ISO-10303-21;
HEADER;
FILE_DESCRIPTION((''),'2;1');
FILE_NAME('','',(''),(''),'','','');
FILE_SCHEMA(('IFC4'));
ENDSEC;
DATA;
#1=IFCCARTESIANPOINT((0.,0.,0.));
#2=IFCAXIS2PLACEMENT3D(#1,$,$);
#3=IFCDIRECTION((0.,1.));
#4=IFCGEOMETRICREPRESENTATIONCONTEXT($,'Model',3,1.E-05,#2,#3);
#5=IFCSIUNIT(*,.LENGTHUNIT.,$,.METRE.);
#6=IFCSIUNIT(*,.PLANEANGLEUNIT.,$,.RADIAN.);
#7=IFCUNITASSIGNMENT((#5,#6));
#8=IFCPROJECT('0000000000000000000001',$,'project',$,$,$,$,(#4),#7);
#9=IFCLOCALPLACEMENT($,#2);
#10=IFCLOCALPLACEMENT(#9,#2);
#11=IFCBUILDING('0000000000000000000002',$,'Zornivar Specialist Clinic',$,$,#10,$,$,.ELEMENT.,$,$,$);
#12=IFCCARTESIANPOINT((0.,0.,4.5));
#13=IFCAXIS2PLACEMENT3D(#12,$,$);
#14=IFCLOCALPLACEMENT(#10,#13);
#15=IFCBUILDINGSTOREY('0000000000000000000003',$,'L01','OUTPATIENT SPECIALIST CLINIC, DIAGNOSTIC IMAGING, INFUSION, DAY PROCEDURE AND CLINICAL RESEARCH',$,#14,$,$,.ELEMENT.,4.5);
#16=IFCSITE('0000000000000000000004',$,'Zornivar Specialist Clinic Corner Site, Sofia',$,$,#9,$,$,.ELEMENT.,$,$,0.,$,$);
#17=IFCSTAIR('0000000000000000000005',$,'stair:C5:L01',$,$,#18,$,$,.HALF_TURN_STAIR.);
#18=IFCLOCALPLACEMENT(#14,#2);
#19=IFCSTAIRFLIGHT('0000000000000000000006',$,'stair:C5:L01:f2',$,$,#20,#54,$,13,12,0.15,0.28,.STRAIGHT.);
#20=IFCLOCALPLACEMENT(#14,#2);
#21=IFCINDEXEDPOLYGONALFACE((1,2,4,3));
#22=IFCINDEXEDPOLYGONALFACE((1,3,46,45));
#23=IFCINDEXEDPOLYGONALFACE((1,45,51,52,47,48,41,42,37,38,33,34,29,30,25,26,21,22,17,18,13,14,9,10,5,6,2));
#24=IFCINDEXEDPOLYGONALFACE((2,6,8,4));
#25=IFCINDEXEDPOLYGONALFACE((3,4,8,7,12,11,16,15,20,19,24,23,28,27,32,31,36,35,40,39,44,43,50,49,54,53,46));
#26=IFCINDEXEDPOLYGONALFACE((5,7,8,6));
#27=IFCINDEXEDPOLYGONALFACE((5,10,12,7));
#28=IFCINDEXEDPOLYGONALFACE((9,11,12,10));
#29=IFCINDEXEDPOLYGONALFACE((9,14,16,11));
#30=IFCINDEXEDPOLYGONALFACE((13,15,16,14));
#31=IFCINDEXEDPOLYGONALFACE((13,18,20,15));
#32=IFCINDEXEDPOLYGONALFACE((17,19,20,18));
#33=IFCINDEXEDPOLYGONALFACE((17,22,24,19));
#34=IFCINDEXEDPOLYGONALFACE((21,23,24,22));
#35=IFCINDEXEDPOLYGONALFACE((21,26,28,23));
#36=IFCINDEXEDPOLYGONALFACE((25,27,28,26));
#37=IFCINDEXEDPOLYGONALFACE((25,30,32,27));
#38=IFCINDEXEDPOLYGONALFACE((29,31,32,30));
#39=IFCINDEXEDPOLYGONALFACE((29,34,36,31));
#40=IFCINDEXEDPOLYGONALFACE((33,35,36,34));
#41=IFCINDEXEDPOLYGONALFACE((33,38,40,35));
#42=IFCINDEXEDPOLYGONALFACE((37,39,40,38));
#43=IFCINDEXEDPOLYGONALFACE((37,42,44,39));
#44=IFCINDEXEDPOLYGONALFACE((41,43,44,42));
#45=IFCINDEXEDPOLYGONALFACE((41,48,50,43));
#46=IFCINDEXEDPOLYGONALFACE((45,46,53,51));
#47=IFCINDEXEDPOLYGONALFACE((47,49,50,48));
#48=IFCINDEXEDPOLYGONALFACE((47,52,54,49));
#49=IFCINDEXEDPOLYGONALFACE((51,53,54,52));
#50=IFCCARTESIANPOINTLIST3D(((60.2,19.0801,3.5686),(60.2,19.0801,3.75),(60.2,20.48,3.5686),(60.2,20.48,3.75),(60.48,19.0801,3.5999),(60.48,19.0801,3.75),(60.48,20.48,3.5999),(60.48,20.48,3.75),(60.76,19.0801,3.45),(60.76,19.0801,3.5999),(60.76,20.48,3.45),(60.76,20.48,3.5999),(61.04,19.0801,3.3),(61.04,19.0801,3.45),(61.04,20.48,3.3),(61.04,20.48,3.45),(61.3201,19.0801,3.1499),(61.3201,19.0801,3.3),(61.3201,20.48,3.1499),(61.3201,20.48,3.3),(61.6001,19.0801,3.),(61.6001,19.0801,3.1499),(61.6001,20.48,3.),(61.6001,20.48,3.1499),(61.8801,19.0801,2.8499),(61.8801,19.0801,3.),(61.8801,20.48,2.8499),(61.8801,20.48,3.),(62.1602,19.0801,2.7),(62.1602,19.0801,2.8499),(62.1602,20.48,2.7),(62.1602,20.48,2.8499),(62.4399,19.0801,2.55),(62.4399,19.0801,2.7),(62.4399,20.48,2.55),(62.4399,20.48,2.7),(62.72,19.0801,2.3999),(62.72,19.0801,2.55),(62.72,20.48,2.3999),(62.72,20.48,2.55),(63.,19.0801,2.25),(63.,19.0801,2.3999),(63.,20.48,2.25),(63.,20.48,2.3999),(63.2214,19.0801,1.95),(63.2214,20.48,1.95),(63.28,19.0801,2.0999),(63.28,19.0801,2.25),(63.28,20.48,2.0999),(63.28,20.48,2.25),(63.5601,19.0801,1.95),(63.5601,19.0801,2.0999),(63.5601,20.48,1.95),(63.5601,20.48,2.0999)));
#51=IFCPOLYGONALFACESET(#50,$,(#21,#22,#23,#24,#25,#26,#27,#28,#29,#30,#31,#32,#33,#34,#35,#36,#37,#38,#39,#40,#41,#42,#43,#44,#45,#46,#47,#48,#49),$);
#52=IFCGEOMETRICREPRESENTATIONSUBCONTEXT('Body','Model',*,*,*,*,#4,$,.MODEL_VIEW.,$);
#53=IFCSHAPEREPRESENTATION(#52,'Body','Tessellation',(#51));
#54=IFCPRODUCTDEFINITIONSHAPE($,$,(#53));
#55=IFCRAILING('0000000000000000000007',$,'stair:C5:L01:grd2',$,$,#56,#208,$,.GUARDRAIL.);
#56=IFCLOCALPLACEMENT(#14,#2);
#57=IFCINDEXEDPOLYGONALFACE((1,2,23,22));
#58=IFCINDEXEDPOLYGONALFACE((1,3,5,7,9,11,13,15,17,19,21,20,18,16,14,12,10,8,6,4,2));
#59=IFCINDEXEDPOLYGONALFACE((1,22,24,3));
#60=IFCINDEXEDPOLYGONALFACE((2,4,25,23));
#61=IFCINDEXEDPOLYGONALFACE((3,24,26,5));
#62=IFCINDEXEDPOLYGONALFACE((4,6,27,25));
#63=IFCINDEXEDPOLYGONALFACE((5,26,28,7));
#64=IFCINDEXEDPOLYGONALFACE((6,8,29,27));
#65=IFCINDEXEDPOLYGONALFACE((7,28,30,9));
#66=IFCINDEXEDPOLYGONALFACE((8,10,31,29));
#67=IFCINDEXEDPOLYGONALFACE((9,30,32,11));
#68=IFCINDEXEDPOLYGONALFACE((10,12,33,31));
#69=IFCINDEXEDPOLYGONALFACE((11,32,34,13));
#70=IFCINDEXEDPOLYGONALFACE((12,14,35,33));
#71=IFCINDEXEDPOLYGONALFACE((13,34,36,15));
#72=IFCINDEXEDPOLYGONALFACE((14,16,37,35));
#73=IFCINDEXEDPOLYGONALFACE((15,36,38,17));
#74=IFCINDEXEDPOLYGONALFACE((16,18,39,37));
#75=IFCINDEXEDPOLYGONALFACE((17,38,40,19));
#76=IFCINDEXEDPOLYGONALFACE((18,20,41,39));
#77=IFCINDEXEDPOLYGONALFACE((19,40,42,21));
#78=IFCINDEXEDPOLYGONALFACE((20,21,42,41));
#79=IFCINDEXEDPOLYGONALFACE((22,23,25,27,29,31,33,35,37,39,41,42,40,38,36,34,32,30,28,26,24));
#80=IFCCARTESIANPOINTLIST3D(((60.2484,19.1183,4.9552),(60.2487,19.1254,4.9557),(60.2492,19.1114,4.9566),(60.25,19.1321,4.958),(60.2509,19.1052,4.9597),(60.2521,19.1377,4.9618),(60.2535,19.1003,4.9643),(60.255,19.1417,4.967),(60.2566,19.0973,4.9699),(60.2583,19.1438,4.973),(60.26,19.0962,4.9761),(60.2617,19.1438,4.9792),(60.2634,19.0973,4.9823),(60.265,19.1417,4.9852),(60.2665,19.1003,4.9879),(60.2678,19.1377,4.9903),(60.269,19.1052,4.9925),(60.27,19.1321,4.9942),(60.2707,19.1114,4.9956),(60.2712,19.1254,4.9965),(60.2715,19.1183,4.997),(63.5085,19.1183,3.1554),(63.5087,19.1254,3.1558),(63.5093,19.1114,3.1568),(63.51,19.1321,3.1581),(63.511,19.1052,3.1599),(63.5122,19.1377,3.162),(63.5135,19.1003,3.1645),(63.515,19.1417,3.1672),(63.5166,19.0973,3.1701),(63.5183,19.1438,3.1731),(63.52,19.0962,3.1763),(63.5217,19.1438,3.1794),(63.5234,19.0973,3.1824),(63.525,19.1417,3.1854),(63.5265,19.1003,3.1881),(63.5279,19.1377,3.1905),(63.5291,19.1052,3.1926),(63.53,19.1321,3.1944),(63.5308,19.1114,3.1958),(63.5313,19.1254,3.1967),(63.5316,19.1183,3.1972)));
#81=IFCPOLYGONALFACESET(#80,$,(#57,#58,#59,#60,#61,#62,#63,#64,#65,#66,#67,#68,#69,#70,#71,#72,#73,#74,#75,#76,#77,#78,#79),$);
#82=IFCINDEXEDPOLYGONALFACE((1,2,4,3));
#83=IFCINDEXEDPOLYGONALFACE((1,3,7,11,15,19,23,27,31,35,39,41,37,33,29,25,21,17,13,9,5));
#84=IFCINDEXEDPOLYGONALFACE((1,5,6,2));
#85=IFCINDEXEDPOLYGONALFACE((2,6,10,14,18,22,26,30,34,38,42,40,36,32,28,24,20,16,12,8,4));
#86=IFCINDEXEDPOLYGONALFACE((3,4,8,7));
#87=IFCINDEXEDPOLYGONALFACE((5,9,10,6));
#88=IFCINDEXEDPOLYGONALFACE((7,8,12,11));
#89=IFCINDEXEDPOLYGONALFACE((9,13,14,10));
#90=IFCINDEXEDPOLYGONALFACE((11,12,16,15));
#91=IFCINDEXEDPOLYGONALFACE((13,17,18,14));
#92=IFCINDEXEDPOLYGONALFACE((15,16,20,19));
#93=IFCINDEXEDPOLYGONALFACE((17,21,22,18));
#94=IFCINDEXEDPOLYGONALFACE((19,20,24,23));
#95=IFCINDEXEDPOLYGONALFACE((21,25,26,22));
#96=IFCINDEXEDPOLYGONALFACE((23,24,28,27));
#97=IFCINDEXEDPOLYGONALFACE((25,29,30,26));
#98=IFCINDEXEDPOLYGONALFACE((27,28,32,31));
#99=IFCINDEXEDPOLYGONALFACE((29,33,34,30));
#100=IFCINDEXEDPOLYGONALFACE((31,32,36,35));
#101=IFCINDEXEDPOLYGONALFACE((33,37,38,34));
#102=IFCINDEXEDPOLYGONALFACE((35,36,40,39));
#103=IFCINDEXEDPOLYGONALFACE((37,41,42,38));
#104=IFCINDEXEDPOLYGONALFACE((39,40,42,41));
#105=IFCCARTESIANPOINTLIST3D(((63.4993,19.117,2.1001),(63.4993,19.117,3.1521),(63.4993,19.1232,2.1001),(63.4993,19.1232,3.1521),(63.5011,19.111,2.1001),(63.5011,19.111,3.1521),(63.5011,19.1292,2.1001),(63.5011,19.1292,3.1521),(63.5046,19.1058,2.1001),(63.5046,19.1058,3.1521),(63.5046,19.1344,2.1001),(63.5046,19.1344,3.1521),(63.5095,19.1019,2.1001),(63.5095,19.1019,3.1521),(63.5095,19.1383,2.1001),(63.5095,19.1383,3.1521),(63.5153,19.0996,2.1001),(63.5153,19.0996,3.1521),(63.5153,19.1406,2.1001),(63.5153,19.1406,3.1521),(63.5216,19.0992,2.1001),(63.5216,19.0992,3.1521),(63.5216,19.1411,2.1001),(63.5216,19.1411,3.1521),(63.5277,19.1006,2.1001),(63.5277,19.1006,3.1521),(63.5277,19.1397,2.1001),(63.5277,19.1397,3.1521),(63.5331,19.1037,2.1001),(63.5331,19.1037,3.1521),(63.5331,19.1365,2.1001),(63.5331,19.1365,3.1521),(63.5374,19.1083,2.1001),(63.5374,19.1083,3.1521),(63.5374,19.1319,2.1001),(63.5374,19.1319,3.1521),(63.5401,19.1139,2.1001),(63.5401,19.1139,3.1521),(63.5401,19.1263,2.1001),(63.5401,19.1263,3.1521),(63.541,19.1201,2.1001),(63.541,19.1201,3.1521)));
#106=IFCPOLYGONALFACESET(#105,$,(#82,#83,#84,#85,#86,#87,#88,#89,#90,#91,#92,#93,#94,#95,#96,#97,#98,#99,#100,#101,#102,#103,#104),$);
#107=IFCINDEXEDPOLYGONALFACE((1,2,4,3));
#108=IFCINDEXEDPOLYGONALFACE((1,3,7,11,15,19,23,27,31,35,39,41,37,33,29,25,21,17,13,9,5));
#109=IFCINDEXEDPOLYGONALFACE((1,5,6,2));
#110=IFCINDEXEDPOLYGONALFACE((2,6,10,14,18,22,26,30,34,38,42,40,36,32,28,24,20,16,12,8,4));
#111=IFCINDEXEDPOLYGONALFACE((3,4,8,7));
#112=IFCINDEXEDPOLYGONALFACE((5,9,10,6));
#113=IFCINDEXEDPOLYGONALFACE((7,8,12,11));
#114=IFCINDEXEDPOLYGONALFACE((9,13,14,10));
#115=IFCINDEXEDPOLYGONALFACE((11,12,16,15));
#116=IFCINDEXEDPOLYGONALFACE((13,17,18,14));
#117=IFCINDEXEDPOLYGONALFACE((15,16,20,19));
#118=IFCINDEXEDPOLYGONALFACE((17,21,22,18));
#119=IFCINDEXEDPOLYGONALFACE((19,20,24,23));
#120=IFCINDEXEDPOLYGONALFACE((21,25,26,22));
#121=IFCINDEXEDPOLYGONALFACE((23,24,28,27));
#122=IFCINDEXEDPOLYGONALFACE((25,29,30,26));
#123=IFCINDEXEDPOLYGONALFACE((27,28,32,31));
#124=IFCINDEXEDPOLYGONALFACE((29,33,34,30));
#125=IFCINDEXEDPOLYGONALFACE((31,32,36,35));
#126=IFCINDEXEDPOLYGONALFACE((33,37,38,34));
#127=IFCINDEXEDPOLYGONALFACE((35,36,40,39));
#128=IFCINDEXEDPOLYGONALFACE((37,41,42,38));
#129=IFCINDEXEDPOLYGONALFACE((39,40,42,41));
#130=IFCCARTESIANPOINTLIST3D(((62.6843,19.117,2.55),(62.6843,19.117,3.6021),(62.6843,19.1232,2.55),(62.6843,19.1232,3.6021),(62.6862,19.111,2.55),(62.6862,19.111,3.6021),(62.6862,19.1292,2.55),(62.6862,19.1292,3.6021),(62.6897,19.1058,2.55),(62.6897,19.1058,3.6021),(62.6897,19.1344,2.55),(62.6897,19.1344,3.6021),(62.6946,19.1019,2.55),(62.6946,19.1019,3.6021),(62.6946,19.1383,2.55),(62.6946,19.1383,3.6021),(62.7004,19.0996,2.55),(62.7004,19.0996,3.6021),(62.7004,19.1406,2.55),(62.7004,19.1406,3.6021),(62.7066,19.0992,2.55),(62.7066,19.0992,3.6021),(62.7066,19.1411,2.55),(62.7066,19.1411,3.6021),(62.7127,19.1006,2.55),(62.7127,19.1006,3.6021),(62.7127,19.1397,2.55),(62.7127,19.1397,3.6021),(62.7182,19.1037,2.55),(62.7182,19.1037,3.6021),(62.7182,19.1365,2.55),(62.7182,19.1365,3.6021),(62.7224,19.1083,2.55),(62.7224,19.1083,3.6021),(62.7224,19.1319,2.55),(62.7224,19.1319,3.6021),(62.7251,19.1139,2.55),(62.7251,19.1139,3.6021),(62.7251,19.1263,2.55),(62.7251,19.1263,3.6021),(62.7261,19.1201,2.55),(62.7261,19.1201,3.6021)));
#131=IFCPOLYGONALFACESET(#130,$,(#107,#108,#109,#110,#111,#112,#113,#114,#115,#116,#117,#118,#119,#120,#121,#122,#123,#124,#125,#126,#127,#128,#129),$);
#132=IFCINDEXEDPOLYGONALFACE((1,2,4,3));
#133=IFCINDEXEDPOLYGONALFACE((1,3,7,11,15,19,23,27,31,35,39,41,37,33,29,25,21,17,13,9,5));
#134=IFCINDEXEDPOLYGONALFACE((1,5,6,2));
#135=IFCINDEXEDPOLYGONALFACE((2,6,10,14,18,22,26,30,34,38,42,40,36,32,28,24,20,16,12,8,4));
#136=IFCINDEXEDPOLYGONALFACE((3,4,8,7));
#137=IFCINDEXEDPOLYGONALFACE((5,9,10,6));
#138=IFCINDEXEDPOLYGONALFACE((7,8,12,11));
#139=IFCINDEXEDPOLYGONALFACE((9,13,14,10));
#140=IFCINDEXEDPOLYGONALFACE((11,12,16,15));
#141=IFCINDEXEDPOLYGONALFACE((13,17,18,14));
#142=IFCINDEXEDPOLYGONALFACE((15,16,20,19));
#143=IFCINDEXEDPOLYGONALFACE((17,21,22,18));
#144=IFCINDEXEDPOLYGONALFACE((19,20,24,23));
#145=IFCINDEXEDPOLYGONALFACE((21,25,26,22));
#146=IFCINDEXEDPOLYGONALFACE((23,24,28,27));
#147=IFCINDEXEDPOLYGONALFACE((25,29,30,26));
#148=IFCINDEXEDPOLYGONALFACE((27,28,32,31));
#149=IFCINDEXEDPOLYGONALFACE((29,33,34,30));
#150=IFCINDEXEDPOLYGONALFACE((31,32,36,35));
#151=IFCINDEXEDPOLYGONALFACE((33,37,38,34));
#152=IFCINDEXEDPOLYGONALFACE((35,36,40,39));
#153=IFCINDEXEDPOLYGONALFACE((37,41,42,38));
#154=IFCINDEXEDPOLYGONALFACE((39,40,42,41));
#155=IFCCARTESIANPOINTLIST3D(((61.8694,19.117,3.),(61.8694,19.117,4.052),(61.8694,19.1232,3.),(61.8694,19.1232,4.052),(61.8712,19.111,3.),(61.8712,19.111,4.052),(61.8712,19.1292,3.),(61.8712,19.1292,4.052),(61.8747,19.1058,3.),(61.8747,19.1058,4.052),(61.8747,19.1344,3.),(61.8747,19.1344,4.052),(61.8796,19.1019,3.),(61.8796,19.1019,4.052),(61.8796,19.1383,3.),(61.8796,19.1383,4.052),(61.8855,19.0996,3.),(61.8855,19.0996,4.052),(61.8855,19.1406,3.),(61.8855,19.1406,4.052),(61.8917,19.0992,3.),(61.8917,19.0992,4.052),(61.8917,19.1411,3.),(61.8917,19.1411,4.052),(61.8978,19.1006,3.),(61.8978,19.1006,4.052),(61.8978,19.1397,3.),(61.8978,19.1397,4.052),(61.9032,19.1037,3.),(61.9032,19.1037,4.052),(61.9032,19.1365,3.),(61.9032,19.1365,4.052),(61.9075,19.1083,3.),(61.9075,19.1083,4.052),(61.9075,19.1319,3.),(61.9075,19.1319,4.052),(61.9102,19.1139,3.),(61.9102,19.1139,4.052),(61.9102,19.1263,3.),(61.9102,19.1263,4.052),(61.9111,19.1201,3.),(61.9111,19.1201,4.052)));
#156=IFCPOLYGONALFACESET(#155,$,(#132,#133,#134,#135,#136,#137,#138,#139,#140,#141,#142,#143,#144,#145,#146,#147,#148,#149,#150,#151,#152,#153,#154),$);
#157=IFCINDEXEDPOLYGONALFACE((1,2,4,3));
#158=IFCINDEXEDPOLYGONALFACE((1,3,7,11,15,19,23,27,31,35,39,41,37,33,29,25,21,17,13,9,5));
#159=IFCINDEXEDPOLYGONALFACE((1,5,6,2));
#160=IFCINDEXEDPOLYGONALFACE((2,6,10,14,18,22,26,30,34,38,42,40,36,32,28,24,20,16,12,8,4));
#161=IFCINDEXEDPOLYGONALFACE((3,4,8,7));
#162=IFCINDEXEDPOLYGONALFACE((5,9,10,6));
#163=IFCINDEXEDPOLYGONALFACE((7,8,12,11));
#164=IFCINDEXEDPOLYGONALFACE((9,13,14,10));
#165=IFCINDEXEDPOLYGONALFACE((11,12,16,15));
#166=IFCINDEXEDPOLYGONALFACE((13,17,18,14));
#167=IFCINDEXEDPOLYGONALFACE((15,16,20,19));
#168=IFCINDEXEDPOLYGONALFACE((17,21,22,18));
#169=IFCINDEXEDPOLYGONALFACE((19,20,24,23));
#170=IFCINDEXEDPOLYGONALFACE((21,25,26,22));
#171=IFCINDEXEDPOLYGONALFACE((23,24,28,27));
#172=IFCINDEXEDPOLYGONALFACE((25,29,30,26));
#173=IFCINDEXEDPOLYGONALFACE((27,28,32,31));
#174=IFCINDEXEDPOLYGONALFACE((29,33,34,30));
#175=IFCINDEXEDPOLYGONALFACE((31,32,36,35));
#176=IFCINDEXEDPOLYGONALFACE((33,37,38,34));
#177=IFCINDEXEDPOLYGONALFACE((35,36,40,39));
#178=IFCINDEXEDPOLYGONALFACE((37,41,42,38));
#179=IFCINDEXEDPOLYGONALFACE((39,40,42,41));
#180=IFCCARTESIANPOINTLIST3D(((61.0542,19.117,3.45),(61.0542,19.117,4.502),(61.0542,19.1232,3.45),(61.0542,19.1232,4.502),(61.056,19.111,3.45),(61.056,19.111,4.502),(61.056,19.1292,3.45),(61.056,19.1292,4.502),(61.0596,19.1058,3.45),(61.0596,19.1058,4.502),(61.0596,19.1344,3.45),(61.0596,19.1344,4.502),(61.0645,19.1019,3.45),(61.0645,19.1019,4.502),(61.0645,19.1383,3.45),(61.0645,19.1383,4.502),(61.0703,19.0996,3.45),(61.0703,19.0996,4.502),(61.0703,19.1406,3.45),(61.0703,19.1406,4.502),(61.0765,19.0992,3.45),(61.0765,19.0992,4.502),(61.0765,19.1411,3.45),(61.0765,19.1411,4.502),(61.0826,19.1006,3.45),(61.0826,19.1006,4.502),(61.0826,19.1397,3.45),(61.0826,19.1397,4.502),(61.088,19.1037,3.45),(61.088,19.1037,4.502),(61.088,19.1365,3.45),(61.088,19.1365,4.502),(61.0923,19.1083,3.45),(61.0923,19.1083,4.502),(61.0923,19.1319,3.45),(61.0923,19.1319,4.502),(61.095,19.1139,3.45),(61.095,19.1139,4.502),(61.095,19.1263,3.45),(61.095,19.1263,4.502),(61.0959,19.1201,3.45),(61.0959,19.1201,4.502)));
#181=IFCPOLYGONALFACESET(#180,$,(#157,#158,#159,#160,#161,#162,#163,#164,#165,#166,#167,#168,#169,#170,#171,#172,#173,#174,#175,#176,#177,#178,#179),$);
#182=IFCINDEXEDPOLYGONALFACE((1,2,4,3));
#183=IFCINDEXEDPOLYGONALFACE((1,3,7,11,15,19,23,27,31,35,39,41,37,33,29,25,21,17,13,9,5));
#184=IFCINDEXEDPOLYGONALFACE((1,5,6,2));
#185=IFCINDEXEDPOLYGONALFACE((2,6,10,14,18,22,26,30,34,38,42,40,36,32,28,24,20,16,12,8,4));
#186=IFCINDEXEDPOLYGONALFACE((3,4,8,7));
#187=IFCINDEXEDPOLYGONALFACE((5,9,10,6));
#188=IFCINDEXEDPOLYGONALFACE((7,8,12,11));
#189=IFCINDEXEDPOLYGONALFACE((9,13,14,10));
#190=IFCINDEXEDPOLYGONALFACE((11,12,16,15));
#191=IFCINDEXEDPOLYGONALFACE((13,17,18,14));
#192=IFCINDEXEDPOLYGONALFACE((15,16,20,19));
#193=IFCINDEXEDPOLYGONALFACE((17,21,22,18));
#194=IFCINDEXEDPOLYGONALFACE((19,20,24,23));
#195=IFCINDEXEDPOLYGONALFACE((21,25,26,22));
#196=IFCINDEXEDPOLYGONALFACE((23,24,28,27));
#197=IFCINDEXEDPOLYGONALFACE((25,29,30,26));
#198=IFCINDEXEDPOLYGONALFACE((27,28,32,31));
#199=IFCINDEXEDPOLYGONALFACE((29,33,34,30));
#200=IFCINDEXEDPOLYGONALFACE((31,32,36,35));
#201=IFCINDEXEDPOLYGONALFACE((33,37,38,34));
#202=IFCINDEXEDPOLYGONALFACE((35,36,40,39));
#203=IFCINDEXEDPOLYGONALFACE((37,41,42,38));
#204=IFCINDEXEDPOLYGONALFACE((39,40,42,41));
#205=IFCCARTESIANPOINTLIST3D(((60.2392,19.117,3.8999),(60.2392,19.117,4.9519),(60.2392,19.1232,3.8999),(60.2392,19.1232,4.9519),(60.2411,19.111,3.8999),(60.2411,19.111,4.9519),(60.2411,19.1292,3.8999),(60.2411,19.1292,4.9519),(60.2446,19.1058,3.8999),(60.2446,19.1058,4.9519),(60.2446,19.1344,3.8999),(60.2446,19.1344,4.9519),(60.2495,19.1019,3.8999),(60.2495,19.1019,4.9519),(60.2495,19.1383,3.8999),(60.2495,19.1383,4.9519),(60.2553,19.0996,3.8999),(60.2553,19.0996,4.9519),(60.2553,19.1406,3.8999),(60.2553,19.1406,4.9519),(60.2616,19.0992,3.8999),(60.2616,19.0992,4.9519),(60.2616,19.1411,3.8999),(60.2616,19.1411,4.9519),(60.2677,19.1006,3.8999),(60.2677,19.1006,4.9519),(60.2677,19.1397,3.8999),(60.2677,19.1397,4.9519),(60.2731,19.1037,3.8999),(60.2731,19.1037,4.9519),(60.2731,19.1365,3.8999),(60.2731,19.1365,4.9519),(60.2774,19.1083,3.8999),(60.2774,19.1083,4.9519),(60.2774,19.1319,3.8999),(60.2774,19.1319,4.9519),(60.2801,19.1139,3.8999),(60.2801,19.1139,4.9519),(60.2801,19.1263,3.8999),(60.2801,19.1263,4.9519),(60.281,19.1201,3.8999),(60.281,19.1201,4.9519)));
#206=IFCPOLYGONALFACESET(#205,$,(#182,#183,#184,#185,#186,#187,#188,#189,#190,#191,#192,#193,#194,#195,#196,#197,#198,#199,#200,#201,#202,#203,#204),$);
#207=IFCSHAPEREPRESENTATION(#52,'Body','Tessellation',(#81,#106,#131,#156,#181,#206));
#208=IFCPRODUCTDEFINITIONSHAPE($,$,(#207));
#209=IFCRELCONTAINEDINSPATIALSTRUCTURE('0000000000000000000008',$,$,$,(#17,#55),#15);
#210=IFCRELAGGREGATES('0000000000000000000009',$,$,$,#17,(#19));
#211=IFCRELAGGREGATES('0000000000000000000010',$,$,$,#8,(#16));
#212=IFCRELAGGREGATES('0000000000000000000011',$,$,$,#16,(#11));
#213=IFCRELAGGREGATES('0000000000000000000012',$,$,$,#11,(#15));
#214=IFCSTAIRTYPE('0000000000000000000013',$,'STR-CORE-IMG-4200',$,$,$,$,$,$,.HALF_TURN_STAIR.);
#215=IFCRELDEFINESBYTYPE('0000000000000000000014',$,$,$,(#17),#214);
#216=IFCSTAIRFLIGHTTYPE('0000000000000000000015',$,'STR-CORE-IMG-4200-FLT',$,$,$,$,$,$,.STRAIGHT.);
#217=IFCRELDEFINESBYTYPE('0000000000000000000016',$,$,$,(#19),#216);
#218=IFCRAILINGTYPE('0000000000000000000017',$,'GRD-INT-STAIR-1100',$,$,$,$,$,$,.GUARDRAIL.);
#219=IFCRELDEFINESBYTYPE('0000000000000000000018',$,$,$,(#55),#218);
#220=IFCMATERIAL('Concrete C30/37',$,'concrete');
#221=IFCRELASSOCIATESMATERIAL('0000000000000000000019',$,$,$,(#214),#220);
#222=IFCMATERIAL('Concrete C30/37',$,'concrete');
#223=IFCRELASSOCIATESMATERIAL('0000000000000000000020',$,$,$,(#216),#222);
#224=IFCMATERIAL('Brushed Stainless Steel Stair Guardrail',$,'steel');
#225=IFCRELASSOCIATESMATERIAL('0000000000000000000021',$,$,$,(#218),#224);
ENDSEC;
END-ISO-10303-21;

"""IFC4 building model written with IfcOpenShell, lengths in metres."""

from ifc_helpers import new_model, si_unit, direction, frame, origin, origin_2d, place, context, subcontext, project, spatial, polyline, circle, outline, extrude, material, type_object, element, aggregate, save


model = new_model("IFC4")

# Units and contexts
model_context = context("Model", 3, precision=1e-05, world=origin(), true_north=direction((0.0, 1.0)))
body_context = subcontext(model_context, "Body", "Model", "MODEL_VIEW")
ifc_project = project(units=[si_unit("LENGTHUNIT", "METRE"), si_unit("PLANEANGLEUNIT", "RADIAN")], contexts=[model_context])

# Site, building, storey
site_placement = place(None, origin())
site = spatial("IfcSite", under=ifc_project, at=site_placement, Name="Zornivar Specialist Clinic Corner Site, Sofia", CompositionType="ELEMENT", RefElevation=0.0)
building_placement = place(site_placement, origin())
building = spatial("IfcBuilding", under=site, at=building_placement, Name="Zornivar Specialist Clinic", CompositionType="ELEMENT")
storey_placement = place(building_placement, frame((0.0, 0.0, 4.5)))
storey = spatial("IfcBuildingStorey", under=building, at=storey_placement, Name="L01", Description="OUTPATIENT SPECIALIST CLINIC, DIAGNOSTIC IMAGING, INFUSION, DAY PROCEDURE AND CLINICAL RESEARCH", CompositionType="ELEMENT", Elevation=4.5)

# Stair, stair flight
ifc_material_1 = material(Name="Concrete C30/37", Category="concrete")
stair_type = type_object("IfcStairType", Name="STR-CORE-IMG-4200", PredefinedType="HALF_TURN_STAIR", material=ifc_material_1)
stair_placement = place(storey_placement, origin())
stair = element("IfcStair", 1, at=stair_placement, inside=storey, type_object=stair_type, Name="stair:C5:L01", PredefinedType="HALF_TURN_STAIR")
ifc_material_2 = material(Name="Concrete C30/37", Category="concrete")
stair_flight_type = type_object("IfcStairFlightType", Name="STR-CORE-IMG-4200-FLT", PredefinedType="STRAIGHT", material=ifc_material_2)
stair_flight_placement = place(storey_placement, frame((63.5601, 19.78, 1.95), z_axis=(0.0, 0.0, 1.0), x_axis=(-1.0, 0.0, 0.0)))
stair_flight = element("IfcStairFlight", 2, at=stair_flight_placement, type_object=stair_flight_type, Name="stair:C5:L01:f2", NumberOfRisers=13, NumberOfTreads=12, PredefinedType="STRAIGHT", RiserHeight=0.15, TreadLength=0.28, context=body_context, shape_type="SweptSolid", body=[
    extrude(outline(polyline([(0.0, 0.0), (0.0, 0.1499), (0.28, 0.1499), (0.28, 0.3), (0.5601, 0.3), (0.5601, 0.45), (0.8401, 0.45), (0.8401, 0.6001), (1.1201, 0.6001), (1.1201, 0.75), (1.3999, 0.75), (1.3999, 0.8999), (1.6799, 0.8999), (1.6799, 1.05), (1.96, 1.05), (1.96, 1.2), (2.24, 1.2), (2.24, 1.3501), (2.52, 1.3501), (2.52, 1.5), (2.8, 1.5), (2.8, 1.6499), (3.0801, 1.6499), (3.0801, 1.8), (3.3601, 1.8), (3.3601, 1.95), (3.3601, 1.6187), (0.3386, 0.0), (0.0, 0.0)])), frame((0.0, 0.7, 0.0), z_axis=(0.0, -1.0, 0.0), x_axis=(1.0, 0.0, 0.0)), (0.0, 0.0, 1.0), 1.3999),
])
aggregate(stair, [stair_flight])

# Railing
ifc_material_3 = material(Name="Brushed Stainless Steel Stair Guardrail", Category="steel")
railing_type_1 = type_object("IfcRailingType", Name="GRD-INT-STAIR-1100", PredefinedType="GUARDRAIL", material=ifc_material_3)
railing_1_placement = place(storey_placement, frame((63.52, 19.1201, 2.1001)))
element("IfcRailing", 3, at=railing_1_placement, inside=storey, type_object=railing_type_1, Name="stair:C5:L01:grd2", PredefinedType="GUARDRAIL", context=body_context, shape_type="SweptSolid", body=[
    extrude(circle(Radius=0.0239, at=origin_2d()), frame((0.0, 0.0, 1.0762), z_axis=(-0.875444, 0.0, 0.48332), x_axis=(0.0, -1.0, 0.0)), (0.0, 0.0, 1.0), 3.7239),
    extrude(circle(Radius=0.021, at=origin_2d()), origin(), (0.0, 0.0, 1.0), 1.052),
    extrude(circle(Radius=0.021, at=origin_2d()), frame((-0.8149, 0.0, 0.45)), (0.0, 0.0, 1.0), 1.052),
    extrude(circle(Radius=0.021, at=origin_2d()), frame((-1.6299, 0.0, 0.8999)), (0.0, 0.0, 1.0), 1.052),
    extrude(circle(Radius=0.021, at=origin_2d()), frame((-2.4451, 0.0, 1.3499)), (0.0, 0.0, 1.0), 1.052),
    extrude(circle(Radius=0.021, at=origin_2d()), frame((-3.26, 0.0, 1.7998)), (0.0, 0.0, 1.0), 1.052),
])

save(model, "model.ifc")
